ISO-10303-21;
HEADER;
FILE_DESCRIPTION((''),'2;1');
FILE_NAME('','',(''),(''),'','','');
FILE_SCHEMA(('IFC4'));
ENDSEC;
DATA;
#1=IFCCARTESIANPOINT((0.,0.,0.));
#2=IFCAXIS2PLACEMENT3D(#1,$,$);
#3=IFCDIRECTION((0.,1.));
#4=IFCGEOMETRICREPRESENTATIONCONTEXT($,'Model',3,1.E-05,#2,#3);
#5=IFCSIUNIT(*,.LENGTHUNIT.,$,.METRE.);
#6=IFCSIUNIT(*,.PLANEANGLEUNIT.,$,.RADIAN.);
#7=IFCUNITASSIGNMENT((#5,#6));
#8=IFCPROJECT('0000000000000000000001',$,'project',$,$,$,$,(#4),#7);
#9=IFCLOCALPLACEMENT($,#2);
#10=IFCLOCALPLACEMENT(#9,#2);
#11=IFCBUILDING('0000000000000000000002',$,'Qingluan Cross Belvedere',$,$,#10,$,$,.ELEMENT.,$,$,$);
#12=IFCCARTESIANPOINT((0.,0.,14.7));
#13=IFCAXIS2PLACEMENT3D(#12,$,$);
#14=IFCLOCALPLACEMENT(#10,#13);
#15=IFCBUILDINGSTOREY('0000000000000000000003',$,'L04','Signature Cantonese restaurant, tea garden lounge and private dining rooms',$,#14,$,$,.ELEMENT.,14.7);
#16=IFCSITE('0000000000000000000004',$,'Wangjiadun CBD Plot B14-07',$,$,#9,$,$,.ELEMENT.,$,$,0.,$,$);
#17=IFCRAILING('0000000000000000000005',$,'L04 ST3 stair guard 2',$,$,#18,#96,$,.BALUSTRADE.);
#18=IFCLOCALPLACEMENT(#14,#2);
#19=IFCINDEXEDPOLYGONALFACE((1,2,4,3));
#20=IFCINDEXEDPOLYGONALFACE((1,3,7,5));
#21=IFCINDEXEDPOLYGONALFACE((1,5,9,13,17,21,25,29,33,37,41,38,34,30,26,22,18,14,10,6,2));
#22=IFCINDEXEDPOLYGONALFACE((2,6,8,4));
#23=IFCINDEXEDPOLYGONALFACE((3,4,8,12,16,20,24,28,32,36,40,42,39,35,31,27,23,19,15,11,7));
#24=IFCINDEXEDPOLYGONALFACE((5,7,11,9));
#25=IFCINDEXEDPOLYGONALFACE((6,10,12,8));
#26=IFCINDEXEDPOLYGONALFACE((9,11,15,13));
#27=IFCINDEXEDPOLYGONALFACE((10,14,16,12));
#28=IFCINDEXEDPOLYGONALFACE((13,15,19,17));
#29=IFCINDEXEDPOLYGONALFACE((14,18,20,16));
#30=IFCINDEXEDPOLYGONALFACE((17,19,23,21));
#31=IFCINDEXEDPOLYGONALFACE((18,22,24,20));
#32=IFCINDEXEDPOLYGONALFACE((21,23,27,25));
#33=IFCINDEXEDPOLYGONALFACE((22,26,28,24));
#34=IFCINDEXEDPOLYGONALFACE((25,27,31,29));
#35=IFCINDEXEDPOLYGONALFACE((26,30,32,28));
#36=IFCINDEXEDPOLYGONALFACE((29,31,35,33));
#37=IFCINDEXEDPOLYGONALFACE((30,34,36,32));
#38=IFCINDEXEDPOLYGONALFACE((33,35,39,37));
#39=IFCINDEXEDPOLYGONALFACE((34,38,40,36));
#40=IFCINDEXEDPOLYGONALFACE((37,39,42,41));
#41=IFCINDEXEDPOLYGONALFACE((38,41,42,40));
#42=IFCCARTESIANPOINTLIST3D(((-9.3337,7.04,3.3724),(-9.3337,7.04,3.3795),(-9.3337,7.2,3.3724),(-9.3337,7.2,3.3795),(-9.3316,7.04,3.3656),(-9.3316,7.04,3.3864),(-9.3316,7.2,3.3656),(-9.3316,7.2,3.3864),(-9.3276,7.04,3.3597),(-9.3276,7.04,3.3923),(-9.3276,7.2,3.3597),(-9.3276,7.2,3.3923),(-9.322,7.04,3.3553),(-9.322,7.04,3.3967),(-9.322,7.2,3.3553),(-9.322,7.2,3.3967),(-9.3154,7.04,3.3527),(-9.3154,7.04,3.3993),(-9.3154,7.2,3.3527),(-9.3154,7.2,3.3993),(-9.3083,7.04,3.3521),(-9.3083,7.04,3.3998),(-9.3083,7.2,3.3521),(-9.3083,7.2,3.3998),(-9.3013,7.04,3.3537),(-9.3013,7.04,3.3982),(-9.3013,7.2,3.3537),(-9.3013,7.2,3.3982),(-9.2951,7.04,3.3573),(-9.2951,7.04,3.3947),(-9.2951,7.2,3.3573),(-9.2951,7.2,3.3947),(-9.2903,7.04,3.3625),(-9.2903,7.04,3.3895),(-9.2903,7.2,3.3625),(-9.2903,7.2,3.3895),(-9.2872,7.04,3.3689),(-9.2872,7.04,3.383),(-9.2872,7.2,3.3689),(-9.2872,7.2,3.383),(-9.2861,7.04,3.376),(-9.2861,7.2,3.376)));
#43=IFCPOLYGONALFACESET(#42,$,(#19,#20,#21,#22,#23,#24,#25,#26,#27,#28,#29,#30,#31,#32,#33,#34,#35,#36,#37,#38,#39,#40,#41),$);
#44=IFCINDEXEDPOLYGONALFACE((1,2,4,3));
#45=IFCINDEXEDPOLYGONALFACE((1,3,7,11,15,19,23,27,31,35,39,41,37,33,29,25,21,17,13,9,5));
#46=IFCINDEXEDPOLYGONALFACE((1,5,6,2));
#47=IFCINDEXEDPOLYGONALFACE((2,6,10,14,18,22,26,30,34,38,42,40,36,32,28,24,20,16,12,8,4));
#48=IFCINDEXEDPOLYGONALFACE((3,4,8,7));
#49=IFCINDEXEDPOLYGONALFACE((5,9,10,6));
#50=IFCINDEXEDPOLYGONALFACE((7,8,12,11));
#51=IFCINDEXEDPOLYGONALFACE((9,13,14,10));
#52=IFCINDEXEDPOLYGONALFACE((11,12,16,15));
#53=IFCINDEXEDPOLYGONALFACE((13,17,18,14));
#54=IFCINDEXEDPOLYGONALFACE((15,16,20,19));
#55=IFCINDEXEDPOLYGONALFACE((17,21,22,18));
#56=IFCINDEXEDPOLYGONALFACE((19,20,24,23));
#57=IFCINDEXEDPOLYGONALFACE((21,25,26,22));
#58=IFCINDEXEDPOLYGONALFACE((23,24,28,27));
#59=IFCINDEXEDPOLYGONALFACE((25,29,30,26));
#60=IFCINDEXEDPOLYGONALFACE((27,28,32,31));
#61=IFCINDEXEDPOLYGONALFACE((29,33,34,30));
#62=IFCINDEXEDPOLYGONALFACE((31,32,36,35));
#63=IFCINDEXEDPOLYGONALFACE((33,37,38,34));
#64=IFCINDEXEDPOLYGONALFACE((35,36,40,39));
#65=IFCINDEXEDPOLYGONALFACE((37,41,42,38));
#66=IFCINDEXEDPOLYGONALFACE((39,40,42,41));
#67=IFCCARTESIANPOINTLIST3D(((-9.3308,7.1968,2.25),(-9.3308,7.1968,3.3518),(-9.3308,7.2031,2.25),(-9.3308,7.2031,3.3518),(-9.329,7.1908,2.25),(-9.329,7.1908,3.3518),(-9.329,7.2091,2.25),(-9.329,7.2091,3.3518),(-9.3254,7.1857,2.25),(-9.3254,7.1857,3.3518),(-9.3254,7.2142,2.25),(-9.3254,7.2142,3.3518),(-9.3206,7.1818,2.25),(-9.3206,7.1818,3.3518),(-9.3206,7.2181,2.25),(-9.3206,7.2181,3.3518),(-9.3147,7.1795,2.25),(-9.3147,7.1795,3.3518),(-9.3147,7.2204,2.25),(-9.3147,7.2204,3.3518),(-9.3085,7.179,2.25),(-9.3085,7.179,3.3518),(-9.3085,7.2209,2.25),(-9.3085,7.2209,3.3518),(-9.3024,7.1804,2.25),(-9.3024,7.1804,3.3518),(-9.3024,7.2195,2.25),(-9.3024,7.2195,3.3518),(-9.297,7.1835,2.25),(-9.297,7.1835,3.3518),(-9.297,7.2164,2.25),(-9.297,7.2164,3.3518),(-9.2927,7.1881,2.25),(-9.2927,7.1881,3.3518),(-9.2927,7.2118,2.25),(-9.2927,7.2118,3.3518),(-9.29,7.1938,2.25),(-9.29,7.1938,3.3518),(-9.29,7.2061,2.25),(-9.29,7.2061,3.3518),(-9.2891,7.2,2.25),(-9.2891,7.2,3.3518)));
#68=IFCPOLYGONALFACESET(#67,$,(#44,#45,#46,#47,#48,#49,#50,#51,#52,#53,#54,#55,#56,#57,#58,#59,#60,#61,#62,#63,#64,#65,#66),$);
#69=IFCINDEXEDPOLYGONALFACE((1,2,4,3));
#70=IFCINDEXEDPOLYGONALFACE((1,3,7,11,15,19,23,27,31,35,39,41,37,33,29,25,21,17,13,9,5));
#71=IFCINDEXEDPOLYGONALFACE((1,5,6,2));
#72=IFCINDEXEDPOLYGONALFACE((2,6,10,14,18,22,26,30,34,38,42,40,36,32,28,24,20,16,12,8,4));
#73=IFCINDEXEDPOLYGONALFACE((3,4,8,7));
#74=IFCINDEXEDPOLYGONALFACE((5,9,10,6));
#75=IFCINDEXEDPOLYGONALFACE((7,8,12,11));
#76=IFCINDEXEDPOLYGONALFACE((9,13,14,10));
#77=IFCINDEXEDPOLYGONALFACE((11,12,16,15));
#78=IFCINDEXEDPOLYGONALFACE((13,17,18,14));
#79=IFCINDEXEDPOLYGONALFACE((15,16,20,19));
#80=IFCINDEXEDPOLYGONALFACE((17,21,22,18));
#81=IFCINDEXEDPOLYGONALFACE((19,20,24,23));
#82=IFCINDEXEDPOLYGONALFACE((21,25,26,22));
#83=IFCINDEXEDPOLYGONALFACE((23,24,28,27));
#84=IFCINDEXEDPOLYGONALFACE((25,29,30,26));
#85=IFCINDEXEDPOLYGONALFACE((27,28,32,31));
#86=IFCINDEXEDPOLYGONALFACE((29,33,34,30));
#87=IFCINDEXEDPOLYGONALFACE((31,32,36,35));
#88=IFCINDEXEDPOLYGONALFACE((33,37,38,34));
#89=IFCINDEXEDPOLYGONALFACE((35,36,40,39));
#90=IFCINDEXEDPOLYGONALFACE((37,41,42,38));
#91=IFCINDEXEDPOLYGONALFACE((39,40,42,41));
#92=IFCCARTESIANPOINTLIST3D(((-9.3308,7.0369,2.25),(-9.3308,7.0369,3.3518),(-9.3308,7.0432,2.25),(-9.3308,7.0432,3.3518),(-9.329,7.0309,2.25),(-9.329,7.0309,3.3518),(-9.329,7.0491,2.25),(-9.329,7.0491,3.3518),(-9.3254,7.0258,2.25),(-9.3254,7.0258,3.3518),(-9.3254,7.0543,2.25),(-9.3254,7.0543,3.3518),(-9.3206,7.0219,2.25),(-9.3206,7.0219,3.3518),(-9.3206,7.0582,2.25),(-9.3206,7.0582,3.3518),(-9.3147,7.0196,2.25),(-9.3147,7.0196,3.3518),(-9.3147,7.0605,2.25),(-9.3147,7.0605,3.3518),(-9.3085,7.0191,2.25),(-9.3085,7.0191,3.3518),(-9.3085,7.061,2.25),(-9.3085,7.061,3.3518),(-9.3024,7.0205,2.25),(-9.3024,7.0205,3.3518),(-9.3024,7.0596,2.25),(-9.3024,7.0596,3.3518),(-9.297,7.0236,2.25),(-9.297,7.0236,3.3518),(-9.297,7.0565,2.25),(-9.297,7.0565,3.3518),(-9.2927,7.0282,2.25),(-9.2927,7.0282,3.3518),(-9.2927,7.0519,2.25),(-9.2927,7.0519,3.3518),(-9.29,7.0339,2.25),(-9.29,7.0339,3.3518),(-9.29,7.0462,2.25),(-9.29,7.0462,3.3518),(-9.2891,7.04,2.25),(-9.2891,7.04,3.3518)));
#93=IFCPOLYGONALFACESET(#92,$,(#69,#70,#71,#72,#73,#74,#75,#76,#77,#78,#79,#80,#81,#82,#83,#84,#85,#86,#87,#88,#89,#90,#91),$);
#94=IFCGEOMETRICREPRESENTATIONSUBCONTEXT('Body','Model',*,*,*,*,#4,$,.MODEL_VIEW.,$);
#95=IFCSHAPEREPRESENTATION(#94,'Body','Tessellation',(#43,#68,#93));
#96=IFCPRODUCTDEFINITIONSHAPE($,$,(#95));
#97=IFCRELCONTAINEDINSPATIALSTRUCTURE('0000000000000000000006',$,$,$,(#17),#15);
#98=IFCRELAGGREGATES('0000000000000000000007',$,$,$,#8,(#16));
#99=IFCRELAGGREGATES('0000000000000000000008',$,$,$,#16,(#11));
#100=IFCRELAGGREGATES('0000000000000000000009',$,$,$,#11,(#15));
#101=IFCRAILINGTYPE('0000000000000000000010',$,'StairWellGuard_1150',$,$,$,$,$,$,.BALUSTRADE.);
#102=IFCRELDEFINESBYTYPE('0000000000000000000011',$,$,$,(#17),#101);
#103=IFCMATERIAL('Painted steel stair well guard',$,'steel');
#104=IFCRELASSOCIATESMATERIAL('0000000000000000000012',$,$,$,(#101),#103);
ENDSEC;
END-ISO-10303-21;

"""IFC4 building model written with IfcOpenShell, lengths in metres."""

from ifc_helpers import new_model, si_unit, direction, frame, origin, origin_2d, place, context, subcontext, project, spatial, circle, extrude, material, type_object, element, save


model = new_model("IFC4")

# Units and contexts
model_context = context("Model", 3, precision=1e-05, world=origin(), true_north=direction((0.0, 1.0)))
body_context = subcontext(model_context, "Body", "Model", "MODEL_VIEW")
ifc_project = project(units=[si_unit("LENGTHUNIT", "METRE"), si_unit("PLANEANGLEUNIT", "RADIAN")], contexts=[model_context])

# Site, building, storey
site_placement = place(None, origin())
site = spatial("IfcSite", under=ifc_project, at=site_placement, Name="Wangjiadun CBD Plot B14-07", CompositionType="ELEMENT", RefElevation=0.0)
building_placement = place(site_placement, origin())
building = spatial("IfcBuilding", under=site, at=building_placement, Name="Qingluan Cross Belvedere", CompositionType="ELEMENT")
storey_placement = place(building_placement, frame((0.0, 0.0, 14.7)))
storey = spatial("IfcBuildingStorey", under=building, at=storey_placement, Name="L04", Description="Signature Cantonese restaurant, tea garden lounge and private dining rooms", CompositionType="ELEMENT", Elevation=14.7)

# Railing
ifc_material_1 = material(Name="Painted steel stair well guard", Category="steel")
railing_type_1 = type_object("IfcRailingType", Name="StairWellGuard_1150", PredefinedType="BALUSTRADE", material=ifc_material_1)
railing_1_placement = place(storey_placement, frame((-9.3101, 7.2, 2.25)))
element("IfcRailing", 1, at=railing_1_placement, inside=storey, type_object=railing_type_1, Name="L04 ST3 stair guard 2", PredefinedType="BALUSTRADE", context=body_context, shape_type="SweptSolid", body=[
    extrude(circle(Radius=0.0239, at=origin_2d()), frame((0.0, 0.0, 1.126), z_axis=(0.0, -1.0, 0.0), x_axis=(1.0, 0.0, 0.0)), (0.0, 0.0, 1.0), 0.1599),
    extrude(circle(Radius=0.021, at=origin_2d()), origin(), (0.0, 0.0, 1.0), 1.1018),
    extrude(circle(Radius=0.021, at=origin_2d()), frame((0.0, -0.1599, 0.0)), (0.0, 0.0, 1.0), 1.1018),
])

save(model, "model.ifc")
